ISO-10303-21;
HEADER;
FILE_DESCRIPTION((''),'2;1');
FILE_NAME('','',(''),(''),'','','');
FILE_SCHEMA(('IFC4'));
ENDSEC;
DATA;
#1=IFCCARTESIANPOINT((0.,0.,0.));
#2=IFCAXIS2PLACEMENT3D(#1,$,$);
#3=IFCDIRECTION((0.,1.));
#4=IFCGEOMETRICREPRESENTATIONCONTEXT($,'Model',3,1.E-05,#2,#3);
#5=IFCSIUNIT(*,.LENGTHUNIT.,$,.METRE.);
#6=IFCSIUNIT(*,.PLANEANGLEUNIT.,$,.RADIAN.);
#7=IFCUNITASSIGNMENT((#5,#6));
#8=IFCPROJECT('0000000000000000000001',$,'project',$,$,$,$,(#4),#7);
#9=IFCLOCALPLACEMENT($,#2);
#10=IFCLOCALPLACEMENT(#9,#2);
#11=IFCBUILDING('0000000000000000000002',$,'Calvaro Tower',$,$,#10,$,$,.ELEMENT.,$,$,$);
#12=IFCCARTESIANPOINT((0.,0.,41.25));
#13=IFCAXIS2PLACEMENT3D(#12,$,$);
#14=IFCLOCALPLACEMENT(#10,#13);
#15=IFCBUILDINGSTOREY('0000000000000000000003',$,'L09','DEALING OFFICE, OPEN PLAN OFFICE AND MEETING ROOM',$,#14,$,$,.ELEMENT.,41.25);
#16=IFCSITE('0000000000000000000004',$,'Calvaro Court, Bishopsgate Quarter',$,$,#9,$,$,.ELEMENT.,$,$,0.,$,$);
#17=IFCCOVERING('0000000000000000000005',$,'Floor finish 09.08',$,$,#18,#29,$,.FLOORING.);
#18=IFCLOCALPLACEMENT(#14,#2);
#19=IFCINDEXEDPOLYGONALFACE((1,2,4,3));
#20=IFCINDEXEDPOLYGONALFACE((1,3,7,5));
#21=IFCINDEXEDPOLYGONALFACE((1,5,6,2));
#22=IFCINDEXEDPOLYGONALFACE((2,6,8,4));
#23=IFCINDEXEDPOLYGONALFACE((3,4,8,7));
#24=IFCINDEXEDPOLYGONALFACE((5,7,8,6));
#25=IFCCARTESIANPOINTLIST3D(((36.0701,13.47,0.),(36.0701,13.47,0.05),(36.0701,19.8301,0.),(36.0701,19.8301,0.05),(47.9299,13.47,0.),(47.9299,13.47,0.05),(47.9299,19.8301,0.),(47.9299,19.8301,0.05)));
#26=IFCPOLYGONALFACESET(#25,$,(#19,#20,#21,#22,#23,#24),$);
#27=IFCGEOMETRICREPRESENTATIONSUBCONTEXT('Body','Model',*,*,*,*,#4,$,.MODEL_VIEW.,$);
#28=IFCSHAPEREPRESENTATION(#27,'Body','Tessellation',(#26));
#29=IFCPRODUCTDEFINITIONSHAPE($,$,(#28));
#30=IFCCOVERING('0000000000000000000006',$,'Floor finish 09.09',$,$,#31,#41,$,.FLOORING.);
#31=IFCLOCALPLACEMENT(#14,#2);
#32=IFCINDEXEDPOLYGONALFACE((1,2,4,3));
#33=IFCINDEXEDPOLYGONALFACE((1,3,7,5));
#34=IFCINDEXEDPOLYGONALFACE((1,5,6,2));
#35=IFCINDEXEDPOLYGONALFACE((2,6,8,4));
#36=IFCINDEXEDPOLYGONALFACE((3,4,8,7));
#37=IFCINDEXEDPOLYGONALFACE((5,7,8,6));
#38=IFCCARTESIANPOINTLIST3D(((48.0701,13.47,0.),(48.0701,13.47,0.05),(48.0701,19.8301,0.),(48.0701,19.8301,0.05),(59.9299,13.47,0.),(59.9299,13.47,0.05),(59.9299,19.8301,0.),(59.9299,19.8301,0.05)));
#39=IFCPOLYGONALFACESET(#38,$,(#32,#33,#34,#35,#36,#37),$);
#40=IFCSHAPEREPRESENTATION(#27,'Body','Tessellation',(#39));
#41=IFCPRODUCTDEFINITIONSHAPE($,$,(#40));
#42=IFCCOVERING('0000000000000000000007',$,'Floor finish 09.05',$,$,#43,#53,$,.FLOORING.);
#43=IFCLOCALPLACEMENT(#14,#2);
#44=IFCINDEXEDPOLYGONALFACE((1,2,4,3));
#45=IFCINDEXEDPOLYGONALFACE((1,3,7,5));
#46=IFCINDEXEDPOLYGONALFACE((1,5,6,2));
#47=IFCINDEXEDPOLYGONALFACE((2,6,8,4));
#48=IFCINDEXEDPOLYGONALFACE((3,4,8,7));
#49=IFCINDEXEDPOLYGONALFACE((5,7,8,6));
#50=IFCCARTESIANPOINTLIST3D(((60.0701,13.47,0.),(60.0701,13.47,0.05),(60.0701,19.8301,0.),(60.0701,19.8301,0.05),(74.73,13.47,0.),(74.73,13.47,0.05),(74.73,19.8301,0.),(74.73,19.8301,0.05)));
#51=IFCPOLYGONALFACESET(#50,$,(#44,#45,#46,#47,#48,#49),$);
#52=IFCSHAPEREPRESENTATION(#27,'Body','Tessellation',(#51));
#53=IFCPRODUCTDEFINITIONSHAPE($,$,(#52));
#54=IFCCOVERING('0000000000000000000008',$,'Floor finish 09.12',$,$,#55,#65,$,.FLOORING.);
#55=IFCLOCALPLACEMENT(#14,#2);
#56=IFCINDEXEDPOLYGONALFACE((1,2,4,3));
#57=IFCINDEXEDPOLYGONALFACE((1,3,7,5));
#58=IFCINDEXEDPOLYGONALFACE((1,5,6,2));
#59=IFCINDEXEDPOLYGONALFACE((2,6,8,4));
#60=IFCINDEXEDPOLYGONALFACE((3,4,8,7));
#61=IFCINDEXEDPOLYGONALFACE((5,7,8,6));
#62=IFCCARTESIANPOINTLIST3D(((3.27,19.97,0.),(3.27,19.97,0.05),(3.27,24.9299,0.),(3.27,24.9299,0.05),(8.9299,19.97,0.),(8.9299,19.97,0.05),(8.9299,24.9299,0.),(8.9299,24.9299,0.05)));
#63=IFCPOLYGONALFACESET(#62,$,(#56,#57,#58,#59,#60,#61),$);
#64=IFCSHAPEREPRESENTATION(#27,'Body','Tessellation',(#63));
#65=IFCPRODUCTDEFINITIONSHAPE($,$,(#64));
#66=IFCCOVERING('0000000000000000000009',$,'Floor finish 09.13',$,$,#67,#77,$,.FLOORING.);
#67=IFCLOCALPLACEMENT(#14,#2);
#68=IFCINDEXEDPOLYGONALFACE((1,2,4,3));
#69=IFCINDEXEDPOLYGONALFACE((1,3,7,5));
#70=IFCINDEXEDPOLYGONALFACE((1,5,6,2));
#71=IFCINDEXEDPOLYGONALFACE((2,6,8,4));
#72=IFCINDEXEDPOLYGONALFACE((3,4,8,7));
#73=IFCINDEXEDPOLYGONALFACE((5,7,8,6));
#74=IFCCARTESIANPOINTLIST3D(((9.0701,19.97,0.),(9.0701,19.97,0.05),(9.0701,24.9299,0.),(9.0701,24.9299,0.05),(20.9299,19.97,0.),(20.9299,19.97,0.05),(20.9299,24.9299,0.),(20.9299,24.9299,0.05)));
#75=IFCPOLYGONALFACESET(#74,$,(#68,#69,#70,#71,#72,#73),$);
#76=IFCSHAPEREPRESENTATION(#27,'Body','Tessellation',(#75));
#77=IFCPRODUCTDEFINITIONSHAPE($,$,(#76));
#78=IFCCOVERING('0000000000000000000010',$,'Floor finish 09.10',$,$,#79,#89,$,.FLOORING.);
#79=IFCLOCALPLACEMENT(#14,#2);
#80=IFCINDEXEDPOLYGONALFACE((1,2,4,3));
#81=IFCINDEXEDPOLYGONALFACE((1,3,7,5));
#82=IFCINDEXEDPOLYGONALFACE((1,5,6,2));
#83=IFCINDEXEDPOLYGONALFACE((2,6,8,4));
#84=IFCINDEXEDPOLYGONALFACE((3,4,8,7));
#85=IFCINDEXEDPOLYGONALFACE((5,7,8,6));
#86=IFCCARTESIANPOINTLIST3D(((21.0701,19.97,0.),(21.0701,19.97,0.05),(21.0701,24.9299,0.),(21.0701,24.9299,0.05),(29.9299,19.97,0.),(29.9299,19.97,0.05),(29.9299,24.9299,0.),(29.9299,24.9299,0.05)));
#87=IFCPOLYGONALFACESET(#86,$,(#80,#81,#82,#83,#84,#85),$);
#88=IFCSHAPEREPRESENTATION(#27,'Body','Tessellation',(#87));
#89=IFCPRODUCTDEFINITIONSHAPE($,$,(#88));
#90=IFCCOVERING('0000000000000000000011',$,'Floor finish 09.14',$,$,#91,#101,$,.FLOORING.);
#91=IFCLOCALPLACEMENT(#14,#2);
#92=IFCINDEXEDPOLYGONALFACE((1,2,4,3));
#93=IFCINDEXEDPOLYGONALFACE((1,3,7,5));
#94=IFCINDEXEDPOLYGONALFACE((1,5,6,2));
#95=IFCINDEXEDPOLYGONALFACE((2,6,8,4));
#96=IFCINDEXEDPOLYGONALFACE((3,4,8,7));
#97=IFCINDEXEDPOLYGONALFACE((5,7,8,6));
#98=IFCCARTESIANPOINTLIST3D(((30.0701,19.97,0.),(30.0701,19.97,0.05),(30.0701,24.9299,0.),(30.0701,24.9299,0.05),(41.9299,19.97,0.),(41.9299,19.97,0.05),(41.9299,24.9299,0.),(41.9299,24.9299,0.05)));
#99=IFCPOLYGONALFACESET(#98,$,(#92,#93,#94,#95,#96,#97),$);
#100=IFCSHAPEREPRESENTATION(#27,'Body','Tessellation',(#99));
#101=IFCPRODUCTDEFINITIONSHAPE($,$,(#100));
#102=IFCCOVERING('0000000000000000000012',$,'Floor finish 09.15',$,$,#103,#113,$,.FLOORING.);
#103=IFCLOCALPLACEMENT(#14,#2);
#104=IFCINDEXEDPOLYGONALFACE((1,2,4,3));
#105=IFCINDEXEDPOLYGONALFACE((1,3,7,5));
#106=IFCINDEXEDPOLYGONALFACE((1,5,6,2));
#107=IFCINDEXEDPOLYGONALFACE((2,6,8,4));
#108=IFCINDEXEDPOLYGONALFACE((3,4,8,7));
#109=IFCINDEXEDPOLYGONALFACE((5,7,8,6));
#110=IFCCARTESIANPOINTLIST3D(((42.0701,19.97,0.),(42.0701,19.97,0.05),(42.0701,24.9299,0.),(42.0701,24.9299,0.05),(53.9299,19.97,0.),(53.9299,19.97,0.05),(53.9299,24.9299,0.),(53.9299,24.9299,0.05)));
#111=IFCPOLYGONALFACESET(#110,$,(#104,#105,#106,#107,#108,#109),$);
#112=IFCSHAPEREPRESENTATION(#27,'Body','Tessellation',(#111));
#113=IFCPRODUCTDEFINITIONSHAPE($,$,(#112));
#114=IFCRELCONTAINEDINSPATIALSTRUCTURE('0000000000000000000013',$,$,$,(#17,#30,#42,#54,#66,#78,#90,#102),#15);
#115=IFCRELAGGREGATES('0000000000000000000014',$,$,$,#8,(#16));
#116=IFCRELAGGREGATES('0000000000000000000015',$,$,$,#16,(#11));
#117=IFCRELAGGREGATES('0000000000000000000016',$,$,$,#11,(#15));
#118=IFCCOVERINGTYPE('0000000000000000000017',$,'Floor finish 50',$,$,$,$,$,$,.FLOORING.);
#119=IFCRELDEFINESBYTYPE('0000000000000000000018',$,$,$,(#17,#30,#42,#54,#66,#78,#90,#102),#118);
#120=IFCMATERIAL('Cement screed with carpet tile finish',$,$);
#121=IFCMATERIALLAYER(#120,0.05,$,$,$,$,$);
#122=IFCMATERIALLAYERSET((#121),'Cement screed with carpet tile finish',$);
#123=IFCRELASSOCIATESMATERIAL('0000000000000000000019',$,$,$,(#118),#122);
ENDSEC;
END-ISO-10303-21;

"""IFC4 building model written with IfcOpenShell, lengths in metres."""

from ifc_helpers import new_model, si_unit, direction, frame, origin, place, context, subcontext, project, spatial, polyline, outline, extrude, material, layer, layer_set, type_object, element, save


model = new_model("IFC4")

# Units and contexts
model_context = context("Model", 3, precision=1e-05, world=origin(), true_north=direction((0.0, 1.0)))
body_context = subcontext(model_context, "Body", "Model", "MODEL_VIEW")
ifc_project = project(units=[si_unit("LENGTHUNIT", "METRE"), si_unit("PLANEANGLEUNIT", "RADIAN")], contexts=[model_context])

# Site, building, storey
site_placement = place(None, origin())
site = spatial("IfcSite", under=ifc_project, at=site_placement, Name="Calvaro Court, Bishopsgate Quarter", CompositionType="ELEMENT", RefElevation=0.0)
building_placement = place(site_placement, origin())
building = spatial("IfcBuilding", under=site, at=building_placement, Name="Calvaro Tower", CompositionType="ELEMENT")
storey_placement = place(building_placement, frame((0.0, 0.0, 41.25)))
storey = spatial("IfcBuildingStorey", under=building, at=storey_placement, Name="L09", Description="DEALING OFFICE, OPEN PLAN OFFICE AND MEETING ROOM", CompositionType="ELEMENT", Elevation=41.25)

# Coverings
ifc_material_1 = material(Name="Cement screed with carpet tile finish")
ifc_layer_1 = layer(ifc_material_1, 0.05)
ifc_layer_set_1 = layer_set([ifc_layer_1], Name="Cement screed with carpet tile finish")
covering_type = type_object("IfcCoveringType", Name="Floor finish 50", PredefinedType="FLOORING", material=ifc_layer_set_1)
covering_1_placement = place(storey_placement, origin())
element("IfcCovering", 1, at=covering_1_placement, inside=storey, type_object=covering_type, Name="Floor finish 09.08", PredefinedType="FLOORING", context=body_context, shape_type="SweptSolid", body=[
    extrude(outline(polyline([(36.0701, 13.47), (36.0701, 19.8301), (47.9299, 19.8301), (47.9299, 13.47), (36.0701, 13.47)])), origin(), (0.0, 0.0, 1.0), 0.05),
])
covering_2_placement = place(storey_placement, origin())
element("IfcCovering", 2, at=covering_2_placement, inside=storey, type_object=covering_type, Name="Floor finish 09.09", PredefinedType="FLOORING", context=body_context, shape_type="SweptSolid", body=[
    extrude(outline(polyline([(48.0701, 13.47), (48.0701, 19.8301), (59.9299, 19.8301), (59.9299, 13.47), (48.0701, 13.47)])), origin(), (0.0, 0.0, 1.0), 0.05),
])
covering_3_placement = place(storey_placement, origin())
element("IfcCovering", 3, at=covering_3_placement, inside=storey, type_object=covering_type, Name="Floor finish 09.05", PredefinedType="FLOORING", context=body_context, shape_type="SweptSolid", body=[
    extrude(outline(polyline([(60.0701, 13.47), (60.0701, 19.8301), (74.73, 19.8301), (74.73, 13.47), (60.0701, 13.47)])), origin(), (0.0, 0.0, 1.0), 0.05),
])
covering_4_placement = place(storey_placement, origin())
element("IfcCovering", 4, at=covering_4_placement, inside=storey, type_object=covering_type, Name="Floor finish 09.12", PredefinedType="FLOORING", context=body_context, shape_type="SweptSolid", body=[
    extrude(outline(polyline([(3.27, 19.97), (3.27, 24.9299), (8.9299, 24.9299), (8.9299, 19.97), (3.27, 19.97)])), origin(), (0.0, 0.0, 1.0), 0.05),
])
covering_5_placement = place(storey_placement, origin())
element("IfcCovering", 5, at=covering_5_placement, inside=storey, type_object=covering_type, Name="Floor finish 09.13", PredefinedType="FLOORING", context=body_context, shape_type="SweptSolid", body=[
    extrude(outline(polyline([(9.0701, 19.97), (9.0701, 24.9299), (20.9299, 24.9299), (20.9299, 19.97), (9.0701, 19.97)])), origin(), (0.0, 0.0, 1.0), 0.05),
])
covering_6_placement = place(storey_placement, origin())
element("IfcCovering", 6, at=covering_6_placement, inside=storey, type_object=covering_type, Name="Floor finish 09.10", PredefinedType="FLOORING", context=body_context, shape_type="SweptSolid", body=[
    extrude(outline(polyline([(21.0701, 19.97), (21.0701, 24.9299), (29.9299, 24.9299), (29.9299, 19.97), (21.0701, 19.97)])), origin(), (0.0, 0.0, 1.0), 0.05),
])
covering_7_placement = place(storey_placement, origin())
element("IfcCovering", 7, at=covering_7_placement, inside=storey, type_object=covering_type, Name="Floor finish 09.14", PredefinedType="FLOORING", context=body_context, shape_type="SweptSolid", body=[
    extrude(outline(polyline([(30.0701, 19.97), (30.0701, 24.9299), (41.9299, 24.9299), (41.9299, 19.97), (30.0701, 19.97)])), origin(), (0.0, 0.0, 1.0), 0.05),
])
covering_8_placement = place(storey_placement, origin())
element("IfcCovering", 8, at=covering_8_placement, inside=storey, type_object=covering_type, Name="Floor finish 09.15", PredefinedType="FLOORING", context=body_context, shape_type="SweptSolid", body=[
    extrude(outline(polyline([(42.0701, 19.97), (42.0701, 24.9299), (53.9299, 24.9299), (53.9299, 19.97), (42.0701, 19.97)])), origin(), (0.0, 0.0, 1.0), 0.05),
])

save(model, "model.ifc")
